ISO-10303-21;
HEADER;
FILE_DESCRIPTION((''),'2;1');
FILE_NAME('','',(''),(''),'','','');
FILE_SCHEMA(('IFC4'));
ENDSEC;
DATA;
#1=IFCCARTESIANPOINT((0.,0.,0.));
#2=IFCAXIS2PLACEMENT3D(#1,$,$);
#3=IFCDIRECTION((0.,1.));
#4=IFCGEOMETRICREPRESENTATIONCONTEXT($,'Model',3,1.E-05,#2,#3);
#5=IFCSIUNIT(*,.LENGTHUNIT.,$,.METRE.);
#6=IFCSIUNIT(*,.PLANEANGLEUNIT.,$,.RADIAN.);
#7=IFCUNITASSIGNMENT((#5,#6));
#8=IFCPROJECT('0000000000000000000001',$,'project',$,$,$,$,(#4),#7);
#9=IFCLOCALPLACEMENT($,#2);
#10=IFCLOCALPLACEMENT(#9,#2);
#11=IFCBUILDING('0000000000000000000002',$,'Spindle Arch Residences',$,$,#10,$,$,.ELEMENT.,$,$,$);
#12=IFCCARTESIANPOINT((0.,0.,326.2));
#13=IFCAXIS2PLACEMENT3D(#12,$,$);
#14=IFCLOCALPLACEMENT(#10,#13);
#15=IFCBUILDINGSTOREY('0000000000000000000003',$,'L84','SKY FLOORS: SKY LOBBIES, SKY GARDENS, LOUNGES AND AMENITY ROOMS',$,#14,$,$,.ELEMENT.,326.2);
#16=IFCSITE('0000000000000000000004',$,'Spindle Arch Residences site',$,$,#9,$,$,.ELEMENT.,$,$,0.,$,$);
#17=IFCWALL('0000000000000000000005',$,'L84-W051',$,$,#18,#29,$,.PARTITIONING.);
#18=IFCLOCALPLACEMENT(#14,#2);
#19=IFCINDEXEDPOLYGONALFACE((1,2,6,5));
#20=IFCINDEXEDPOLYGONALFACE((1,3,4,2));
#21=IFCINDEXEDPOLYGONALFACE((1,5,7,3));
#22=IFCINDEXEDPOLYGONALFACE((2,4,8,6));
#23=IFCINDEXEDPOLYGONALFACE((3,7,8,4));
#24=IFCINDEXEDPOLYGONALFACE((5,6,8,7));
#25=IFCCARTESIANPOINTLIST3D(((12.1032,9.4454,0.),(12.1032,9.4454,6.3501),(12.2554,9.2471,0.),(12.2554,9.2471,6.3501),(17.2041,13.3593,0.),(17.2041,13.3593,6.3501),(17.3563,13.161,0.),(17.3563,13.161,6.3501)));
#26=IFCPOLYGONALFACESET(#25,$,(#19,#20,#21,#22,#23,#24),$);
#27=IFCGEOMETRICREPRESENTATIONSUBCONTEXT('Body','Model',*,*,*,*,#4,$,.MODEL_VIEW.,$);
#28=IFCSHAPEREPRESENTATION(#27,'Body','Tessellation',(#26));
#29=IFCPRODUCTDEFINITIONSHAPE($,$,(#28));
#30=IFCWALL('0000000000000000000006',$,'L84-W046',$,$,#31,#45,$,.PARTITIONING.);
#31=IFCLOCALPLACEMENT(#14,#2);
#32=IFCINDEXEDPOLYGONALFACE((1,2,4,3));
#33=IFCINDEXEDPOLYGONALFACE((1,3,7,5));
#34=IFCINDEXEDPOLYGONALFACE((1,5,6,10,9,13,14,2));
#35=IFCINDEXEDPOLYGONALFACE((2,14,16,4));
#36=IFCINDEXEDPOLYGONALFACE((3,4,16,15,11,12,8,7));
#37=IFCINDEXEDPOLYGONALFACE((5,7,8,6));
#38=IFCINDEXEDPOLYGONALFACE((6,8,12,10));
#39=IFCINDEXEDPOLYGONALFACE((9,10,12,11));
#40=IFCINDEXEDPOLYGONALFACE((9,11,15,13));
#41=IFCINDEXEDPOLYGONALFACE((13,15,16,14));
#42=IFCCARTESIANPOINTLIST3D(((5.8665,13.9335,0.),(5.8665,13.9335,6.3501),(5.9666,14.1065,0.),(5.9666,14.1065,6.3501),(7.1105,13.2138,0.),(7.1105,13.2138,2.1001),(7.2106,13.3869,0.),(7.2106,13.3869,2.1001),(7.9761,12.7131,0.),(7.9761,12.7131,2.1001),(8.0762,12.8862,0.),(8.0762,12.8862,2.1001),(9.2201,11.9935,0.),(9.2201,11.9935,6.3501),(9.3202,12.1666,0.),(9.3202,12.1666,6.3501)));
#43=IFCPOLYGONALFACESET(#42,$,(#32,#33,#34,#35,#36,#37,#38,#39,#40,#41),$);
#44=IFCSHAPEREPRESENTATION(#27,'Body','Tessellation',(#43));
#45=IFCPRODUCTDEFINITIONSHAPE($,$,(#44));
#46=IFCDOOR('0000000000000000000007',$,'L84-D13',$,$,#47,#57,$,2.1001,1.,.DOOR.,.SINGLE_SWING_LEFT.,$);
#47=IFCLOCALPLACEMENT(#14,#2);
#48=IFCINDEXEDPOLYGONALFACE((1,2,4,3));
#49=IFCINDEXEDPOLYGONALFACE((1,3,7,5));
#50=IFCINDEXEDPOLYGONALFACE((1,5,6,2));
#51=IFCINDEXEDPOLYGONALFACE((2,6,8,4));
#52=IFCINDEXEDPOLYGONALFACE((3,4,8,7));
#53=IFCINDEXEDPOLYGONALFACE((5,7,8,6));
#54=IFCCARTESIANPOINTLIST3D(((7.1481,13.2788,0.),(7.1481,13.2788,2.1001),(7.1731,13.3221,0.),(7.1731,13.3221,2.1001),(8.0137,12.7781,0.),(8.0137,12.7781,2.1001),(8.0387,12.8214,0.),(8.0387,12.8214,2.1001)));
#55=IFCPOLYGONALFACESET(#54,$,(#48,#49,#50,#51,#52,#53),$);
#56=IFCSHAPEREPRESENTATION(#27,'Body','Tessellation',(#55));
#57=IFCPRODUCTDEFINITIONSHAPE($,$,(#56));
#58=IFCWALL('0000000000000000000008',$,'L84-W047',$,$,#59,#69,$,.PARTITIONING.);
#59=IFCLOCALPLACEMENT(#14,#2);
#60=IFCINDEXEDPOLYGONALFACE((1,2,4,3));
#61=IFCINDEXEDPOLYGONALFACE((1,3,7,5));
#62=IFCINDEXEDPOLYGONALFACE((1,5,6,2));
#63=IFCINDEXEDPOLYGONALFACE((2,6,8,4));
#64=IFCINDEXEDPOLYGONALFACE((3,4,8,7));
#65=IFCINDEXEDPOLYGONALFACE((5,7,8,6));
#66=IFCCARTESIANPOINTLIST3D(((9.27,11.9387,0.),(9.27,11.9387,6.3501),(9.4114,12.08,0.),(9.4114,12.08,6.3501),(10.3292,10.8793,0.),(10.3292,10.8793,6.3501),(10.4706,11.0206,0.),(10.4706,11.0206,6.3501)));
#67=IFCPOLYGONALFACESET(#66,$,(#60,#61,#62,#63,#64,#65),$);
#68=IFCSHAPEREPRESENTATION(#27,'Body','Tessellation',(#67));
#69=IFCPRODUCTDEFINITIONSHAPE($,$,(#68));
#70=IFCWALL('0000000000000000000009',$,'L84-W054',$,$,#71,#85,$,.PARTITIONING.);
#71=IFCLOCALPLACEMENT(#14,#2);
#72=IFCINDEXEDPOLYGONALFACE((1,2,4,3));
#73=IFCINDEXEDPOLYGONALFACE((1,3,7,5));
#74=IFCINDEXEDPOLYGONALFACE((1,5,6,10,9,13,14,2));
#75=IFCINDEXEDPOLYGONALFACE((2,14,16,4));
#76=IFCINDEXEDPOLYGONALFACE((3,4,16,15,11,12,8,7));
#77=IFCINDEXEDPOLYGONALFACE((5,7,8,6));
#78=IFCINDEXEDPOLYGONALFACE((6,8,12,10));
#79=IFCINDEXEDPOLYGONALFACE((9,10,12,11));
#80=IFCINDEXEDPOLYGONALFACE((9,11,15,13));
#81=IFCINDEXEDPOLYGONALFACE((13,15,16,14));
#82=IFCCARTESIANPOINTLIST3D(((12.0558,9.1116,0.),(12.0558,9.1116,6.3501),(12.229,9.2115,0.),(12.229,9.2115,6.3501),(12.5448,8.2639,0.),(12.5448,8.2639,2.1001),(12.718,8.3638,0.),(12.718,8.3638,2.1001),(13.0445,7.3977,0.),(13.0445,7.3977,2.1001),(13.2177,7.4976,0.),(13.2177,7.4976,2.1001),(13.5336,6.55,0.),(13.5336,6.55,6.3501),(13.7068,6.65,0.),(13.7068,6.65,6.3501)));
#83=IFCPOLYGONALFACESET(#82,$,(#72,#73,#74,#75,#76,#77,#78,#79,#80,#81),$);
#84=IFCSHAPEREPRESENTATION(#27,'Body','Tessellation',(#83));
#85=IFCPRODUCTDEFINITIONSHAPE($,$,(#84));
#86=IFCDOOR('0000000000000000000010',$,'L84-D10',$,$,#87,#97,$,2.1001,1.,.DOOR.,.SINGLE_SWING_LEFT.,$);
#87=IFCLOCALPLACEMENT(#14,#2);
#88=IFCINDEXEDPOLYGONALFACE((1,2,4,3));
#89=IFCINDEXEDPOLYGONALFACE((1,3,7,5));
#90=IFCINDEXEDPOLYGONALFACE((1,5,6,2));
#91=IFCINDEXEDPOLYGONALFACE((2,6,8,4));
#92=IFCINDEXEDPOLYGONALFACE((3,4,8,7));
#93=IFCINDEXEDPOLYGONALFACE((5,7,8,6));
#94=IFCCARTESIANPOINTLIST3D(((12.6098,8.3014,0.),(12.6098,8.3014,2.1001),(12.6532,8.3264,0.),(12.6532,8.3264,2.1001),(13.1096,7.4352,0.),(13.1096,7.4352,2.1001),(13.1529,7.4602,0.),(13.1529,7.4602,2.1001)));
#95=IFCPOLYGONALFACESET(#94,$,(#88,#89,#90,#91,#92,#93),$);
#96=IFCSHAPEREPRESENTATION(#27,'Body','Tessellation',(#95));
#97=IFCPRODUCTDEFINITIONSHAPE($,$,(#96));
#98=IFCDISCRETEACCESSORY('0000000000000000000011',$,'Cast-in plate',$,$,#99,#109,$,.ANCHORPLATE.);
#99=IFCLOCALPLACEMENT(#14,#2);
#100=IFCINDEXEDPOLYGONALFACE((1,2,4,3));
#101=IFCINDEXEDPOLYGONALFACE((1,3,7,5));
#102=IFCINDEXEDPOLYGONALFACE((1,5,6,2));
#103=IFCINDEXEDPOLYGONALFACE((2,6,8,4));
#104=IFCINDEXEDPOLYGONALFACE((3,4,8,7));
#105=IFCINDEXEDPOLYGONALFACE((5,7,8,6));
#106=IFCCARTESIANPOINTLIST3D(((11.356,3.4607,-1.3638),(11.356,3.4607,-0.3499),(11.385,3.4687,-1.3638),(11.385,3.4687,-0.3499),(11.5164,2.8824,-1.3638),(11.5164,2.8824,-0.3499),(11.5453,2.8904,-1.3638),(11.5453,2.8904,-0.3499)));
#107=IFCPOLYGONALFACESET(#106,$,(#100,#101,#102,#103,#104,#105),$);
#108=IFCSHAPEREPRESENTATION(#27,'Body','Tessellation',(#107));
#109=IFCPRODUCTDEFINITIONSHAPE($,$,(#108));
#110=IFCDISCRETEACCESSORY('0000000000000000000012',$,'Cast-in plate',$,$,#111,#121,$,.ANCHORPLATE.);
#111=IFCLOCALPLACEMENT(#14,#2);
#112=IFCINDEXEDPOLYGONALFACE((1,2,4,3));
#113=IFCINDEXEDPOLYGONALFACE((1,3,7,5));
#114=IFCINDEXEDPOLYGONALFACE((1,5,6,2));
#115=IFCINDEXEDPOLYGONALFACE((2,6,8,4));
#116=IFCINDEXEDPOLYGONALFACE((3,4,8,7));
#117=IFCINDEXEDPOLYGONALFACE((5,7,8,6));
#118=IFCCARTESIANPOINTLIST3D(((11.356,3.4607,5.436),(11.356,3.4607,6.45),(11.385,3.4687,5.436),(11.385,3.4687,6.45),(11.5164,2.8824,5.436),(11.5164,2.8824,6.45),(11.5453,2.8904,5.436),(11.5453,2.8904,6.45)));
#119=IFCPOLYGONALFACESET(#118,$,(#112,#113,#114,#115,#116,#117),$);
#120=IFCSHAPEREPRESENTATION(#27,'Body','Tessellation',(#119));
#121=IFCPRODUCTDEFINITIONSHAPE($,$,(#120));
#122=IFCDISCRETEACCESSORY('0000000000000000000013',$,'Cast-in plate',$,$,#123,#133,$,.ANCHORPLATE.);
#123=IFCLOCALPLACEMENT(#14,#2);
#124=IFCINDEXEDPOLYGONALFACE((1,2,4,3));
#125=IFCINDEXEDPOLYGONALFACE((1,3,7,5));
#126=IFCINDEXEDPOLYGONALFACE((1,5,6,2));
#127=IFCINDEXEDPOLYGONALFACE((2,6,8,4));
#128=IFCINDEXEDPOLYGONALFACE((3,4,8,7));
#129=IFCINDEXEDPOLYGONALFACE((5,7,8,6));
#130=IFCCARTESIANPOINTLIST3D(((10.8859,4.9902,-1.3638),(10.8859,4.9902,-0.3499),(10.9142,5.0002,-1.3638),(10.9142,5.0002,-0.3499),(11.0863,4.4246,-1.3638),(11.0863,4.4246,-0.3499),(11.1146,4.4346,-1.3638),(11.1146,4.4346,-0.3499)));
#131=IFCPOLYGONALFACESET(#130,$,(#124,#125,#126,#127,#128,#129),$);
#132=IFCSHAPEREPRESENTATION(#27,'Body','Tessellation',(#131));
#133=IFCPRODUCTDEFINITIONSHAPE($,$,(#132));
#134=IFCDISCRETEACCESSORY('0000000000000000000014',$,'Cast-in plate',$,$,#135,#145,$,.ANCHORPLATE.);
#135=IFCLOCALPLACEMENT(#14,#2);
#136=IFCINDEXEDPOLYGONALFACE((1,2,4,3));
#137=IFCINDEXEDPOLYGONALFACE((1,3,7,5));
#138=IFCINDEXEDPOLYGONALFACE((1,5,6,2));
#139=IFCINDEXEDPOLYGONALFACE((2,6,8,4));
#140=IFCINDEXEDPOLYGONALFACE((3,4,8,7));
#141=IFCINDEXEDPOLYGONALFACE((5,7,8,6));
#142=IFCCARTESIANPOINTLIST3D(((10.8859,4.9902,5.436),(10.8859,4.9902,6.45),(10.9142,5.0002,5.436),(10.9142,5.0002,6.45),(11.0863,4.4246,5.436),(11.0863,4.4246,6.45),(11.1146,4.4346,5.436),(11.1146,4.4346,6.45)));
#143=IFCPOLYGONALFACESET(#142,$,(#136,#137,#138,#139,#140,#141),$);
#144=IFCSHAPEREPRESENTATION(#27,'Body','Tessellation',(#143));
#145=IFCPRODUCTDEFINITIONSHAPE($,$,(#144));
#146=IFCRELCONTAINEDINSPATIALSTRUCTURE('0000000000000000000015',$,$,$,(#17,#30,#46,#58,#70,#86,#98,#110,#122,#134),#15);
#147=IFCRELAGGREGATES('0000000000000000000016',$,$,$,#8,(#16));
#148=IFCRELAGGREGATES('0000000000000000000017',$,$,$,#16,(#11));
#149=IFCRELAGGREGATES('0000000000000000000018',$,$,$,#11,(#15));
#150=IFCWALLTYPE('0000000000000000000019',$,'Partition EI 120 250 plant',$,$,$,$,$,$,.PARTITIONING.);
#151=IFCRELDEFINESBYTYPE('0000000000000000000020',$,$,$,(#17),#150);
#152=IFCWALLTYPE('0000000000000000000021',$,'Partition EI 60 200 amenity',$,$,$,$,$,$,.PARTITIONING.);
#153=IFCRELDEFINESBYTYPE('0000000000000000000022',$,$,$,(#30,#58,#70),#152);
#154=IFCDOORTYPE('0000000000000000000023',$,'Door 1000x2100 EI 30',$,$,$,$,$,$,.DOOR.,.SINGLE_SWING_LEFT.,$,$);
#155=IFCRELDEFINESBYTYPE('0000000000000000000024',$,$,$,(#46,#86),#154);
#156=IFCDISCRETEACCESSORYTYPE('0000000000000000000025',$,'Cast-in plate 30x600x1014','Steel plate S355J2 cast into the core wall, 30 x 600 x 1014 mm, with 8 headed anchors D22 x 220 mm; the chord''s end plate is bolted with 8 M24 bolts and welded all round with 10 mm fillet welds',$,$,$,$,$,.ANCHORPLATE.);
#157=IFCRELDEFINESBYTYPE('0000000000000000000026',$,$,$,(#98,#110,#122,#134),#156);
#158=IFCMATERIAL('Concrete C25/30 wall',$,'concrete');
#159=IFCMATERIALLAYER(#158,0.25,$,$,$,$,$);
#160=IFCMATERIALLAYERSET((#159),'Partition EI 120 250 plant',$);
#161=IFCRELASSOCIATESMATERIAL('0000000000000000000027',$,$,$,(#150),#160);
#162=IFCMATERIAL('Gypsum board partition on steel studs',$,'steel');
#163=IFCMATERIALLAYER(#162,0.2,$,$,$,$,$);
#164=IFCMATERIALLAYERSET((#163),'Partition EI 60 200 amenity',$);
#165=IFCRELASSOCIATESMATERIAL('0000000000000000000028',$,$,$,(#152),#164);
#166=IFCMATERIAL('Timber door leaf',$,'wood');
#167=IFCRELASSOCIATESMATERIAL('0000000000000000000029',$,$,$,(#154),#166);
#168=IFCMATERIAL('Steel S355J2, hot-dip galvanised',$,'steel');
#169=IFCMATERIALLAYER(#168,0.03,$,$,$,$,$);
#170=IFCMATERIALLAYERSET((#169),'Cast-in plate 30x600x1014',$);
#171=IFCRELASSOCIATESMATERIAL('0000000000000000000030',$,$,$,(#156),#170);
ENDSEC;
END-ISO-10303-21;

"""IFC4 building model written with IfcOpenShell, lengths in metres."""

from ifc_helpers import new_model, si_unit, direction, frame, frame_2d, origin, origin_2d, place, context, subcontext, project, spatial, rectangle, extrude, material, layer, layer_set, type_object, element, fill, save


model = new_model("IFC4")

# Units and contexts
model_context = context("Model", 3, precision=1e-05, world=origin(), true_north=direction((0.0, 1.0)))
body_context = subcontext(model_context, "Body", "Model", "MODEL_VIEW")
ifc_project = project(units=[si_unit("LENGTHUNIT", "METRE"), si_unit("PLANEANGLEUNIT", "RADIAN")], contexts=[model_context])

# Site, building, storey
site_placement = place(None, origin())
site = spatial("IfcSite", under=ifc_project, at=site_placement, Name="Spindle Arch Residences site", CompositionType="ELEMENT", RefElevation=0.0)
building_placement = place(site_placement, origin())
building = spatial("IfcBuilding", under=site, at=building_placement, Name="Spindle Arch Residences", CompositionType="ELEMENT")
storey_placement = place(building_placement, frame((0.0, 0.0, 326.2)))
storey = spatial("IfcBuildingStorey", under=building, at=storey_placement, Name="L84", Description="SKY FLOORS: SKY LOBBIES, SKY GARDENS, LOUNGES AND AMENITY ROOMS", CompositionType="ELEMENT", Elevation=326.2)

# Shared definitions
ifc_material_1 = material(Name="Concrete C25/30 wall", Category="concrete")
ifc_layer_1 = layer(ifc_material_1, 0.25)
ifc_layer_set_1 = layer_set([ifc_layer_1], Name="Partition EI 120 250 plant")
wall_type_1 = type_object("IfcWallType", Name="Partition EI 120 250 plant", PredefinedType="PARTITIONING", material=ifc_layer_set_1)

# Wall
wall_1_placement = place(storey_placement, frame((12.1792, 9.3462, 0.0), z_axis=(0.0, 0.0, 1.0), x_axis=(0.793367, 0.608743, 0.0)))
element("IfcWall", 1, at=wall_1_placement, inside=storey, type_object=wall_type_1, Name="L84-W051", PredefinedType="PARTITIONING", context=body_context, shape_type="SweptSolid", body=[
    extrude(rectangle(XDim=6.4294, YDim=0.25, at=frame_2d((3.2148, 0.0))), origin(), (0.0, 0.0, 1.0), 6.3501),
])

# Wall, opening, door
ifc_material_2 = material(Name="Gypsum board partition on steel studs", Category="steel")
ifc_layer_2 = layer(ifc_material_2, 0.2)
ifc_layer_set_2 = layer_set([ifc_layer_2], Name="Partition EI 60 200 amenity")
wall_type_2 = type_object("IfcWallType", Name="Partition EI 60 200 amenity", PredefinedType="PARTITIONING", material=ifc_layer_set_2)
wall_2_placement = place(storey_placement, frame((9.27, 12.0801, 0.0), z_axis=(0.0, 0.0, 1.0), x_axis=(-0.865602, 0.500733, 0.0)))
wall_2 = element("IfcWall", 2, at=wall_2_placement, inside=storey, type_object=wall_type_2, Name="L84-W046", PredefinedType="PARTITIONING", context=body_context, shape_type="SweptSolid", body=[
    extrude(rectangle(XDim=3.8743, YDim=0.2, at=frame_2d((1.937, 0.0))), origin(), (0.0, 0.0, 1.0), 6.3501),
])
opening_1_placement = place(wall_2_placement, frame((1.437, 0.0, 0.0)))
opening_1 = element("IfcOpeningElement", 3, at=opening_1_placement, cuts=wall_2, PredefinedType="OPENING", context=body_context, shape_type="SweptSolid", body=[
    extrude(rectangle(XDim=1.0, YDim=2.1001, at=frame_2d((0.5, 1.05))), frame((0.0, 0.1099, 0.0), z_axis=(0.0, -1.0, 0.0), x_axis=(1.0, 0.0, 0.0)), (0.0, 0.0, 1.0), 0.22),
])
ifc_material_3 = material(Name="Timber door leaf", Category="wood")
door_type_1 = type_object("IfcDoorType", Name="Door 1000x2100 EI 30", OperationType="SINGLE_SWING_LEFT", PredefinedType="DOOR", material=ifc_material_3)
door_1_placement = place(opening_1_placement, origin())
door_1 = element("IfcDoor", 4, at=door_1_placement, inside=storey, type_object=door_type_1, Name="L84-D13", OperationType="SINGLE_SWING_LEFT", OverallHeight=2.1001, OverallWidth=1.0, PredefinedType="DOOR", context=body_context, shape_type="SweptSolid", body=[
    extrude(rectangle(XDim=1.0, YDim=2.1001, at=frame_2d((0.5, 1.05))), frame((0.0, 0.0249, 0.0), z_axis=(0.0, -1.0, 0.0), x_axis=(1.0, 0.0, 0.0)), (0.0, 0.0, 1.0), 0.05),
])
fill(opening_1, door_1)

# Wall
wall_3_placement = place(storey_placement, frame((10.3999, 10.95, 0.0), z_axis=(0.0, 0.0, 1.0), x_axis=(-0.707025, 0.707188, 0.0)))
element("IfcWall", 5, at=wall_3_placement, inside=storey, type_object=wall_type_2, Name="L84-W047", PredefinedType="PARTITIONING", context=body_context, shape_type="SweptSolid", body=[
    extrude(rectangle(XDim=1.498, YDim=0.2, at=frame_2d((0.749, 0.0))), origin(), (0.0, 0.0, 1.0), 6.3501),
])

# Wall, opening, door
wall_4_placement = place(storey_placement, frame((13.6201, 6.6001, 0.0), z_axis=(0.0, 0.0, 1.0), x_axis=(-0.499718, 0.866188, 0.0)))
wall_4 = element("IfcWall", 6, at=wall_4_placement, inside=storey, type_object=wall_type_2, Name="L84-W054", PredefinedType="PARTITIONING", context=body_context, shape_type="SweptSolid", body=[
    extrude(rectangle(XDim=2.9573, YDim=0.2, at=frame_2d((1.4785, 0.0))), origin(), (0.0, 0.0, 1.0), 6.3501),
])
opening_2_placement = place(wall_4_placement, frame((0.9785, 0.0, 0.0)))
opening_2 = element("IfcOpeningElement", 7, at=opening_2_placement, cuts=wall_4, PredefinedType="OPENING", context=body_context, shape_type="SweptSolid", body=[
    extrude(rectangle(XDim=1.0, YDim=2.1001, at=frame_2d((0.5, 1.05))), frame((0.0, 0.1099, 0.0), z_axis=(0.0, -1.0, 0.0), x_axis=(1.0, 0.0, 0.0)), (0.0, 0.0, 1.0), 0.22),
])
door_2_placement = place(opening_2_placement, origin())
door_2 = element("IfcDoor", 8, at=door_2_placement, inside=storey, type_object=door_type_1, Name="L84-D10", OperationType="SINGLE_SWING_LEFT", OverallHeight=2.1001, OverallWidth=1.0, PredefinedType="DOOR", context=body_context, shape_type="SweptSolid", body=[
    extrude(rectangle(XDim=1.0, YDim=2.1001, at=frame_2d((0.5, 1.05))), frame((0.0, 0.0249, 0.0), z_axis=(0.0, -1.0, 0.0), x_axis=(1.0, 0.0, 0.0)), (0.0, 0.0, 1.0), 0.05),
])
fill(opening_2, door_2)

# Discrete accessories
ifc_material_4 = material(Name="Steel S355J2, hot-dip galvanised", Category="steel")
ifc_layer_3 = layer(ifc_material_4, 0.03)
ifc_layer_set_3 = layer_set([ifc_layer_3], Name="Cast-in plate 30x600x1014")
discrete_accessory_type = type_object("IfcDiscreteAccessoryType", Name="Cast-in plate 30x600x1014", Description="Steel plate S355J2 cast into the core wall, 30 x 600 x 1014 mm, with 8 headed anchors D22 x 220 mm; the chord's end plate is bolted with 8 M24 bolts and welded all round with 10 mm fillet welds", PredefinedType="ANCHORPLATE", material=ifc_layer_set_3)
for number, where, z_axis, x_axis, name in (
    (9, (11.4507, 3.1755, -1.3638), (0.0, 0.0, 1.0), (0.96363, 0.26724, 0.0), "Cast-in plate"),
    (10, (11.4507, 3.1755, 5.436), (0.0, 0.0, 1.0), (0.96363, 0.26724, 0.0), "Cast-in plate"),
    (11, (11.0002, 4.7124, -1.3638), (0.0, 0.0, 1.0), (0.942586, 0.333965, 0.0), "Cast-in plate"),
    (12, (11.0002, 4.7124, 5.436), (0.0, 0.0, 1.0), (0.942586, 0.333965, 0.0), "Cast-in plate"),
):
    element("IfcDiscreteAccessory", number, at=place(storey_placement, frame(where, z_axis=z_axis, x_axis=x_axis)), inside=storey, type_object=discrete_accessory_type, Name=name, PredefinedType="ANCHORPLATE", context=body_context, shape_type="SweptSolid", body=[
        extrude(rectangle(XDim=0.03, YDim=0.6001, at=origin_2d()), origin(), (0.0, 0.0, 1.0), 1.0139),
    ])

save(model, "model.ifc")
